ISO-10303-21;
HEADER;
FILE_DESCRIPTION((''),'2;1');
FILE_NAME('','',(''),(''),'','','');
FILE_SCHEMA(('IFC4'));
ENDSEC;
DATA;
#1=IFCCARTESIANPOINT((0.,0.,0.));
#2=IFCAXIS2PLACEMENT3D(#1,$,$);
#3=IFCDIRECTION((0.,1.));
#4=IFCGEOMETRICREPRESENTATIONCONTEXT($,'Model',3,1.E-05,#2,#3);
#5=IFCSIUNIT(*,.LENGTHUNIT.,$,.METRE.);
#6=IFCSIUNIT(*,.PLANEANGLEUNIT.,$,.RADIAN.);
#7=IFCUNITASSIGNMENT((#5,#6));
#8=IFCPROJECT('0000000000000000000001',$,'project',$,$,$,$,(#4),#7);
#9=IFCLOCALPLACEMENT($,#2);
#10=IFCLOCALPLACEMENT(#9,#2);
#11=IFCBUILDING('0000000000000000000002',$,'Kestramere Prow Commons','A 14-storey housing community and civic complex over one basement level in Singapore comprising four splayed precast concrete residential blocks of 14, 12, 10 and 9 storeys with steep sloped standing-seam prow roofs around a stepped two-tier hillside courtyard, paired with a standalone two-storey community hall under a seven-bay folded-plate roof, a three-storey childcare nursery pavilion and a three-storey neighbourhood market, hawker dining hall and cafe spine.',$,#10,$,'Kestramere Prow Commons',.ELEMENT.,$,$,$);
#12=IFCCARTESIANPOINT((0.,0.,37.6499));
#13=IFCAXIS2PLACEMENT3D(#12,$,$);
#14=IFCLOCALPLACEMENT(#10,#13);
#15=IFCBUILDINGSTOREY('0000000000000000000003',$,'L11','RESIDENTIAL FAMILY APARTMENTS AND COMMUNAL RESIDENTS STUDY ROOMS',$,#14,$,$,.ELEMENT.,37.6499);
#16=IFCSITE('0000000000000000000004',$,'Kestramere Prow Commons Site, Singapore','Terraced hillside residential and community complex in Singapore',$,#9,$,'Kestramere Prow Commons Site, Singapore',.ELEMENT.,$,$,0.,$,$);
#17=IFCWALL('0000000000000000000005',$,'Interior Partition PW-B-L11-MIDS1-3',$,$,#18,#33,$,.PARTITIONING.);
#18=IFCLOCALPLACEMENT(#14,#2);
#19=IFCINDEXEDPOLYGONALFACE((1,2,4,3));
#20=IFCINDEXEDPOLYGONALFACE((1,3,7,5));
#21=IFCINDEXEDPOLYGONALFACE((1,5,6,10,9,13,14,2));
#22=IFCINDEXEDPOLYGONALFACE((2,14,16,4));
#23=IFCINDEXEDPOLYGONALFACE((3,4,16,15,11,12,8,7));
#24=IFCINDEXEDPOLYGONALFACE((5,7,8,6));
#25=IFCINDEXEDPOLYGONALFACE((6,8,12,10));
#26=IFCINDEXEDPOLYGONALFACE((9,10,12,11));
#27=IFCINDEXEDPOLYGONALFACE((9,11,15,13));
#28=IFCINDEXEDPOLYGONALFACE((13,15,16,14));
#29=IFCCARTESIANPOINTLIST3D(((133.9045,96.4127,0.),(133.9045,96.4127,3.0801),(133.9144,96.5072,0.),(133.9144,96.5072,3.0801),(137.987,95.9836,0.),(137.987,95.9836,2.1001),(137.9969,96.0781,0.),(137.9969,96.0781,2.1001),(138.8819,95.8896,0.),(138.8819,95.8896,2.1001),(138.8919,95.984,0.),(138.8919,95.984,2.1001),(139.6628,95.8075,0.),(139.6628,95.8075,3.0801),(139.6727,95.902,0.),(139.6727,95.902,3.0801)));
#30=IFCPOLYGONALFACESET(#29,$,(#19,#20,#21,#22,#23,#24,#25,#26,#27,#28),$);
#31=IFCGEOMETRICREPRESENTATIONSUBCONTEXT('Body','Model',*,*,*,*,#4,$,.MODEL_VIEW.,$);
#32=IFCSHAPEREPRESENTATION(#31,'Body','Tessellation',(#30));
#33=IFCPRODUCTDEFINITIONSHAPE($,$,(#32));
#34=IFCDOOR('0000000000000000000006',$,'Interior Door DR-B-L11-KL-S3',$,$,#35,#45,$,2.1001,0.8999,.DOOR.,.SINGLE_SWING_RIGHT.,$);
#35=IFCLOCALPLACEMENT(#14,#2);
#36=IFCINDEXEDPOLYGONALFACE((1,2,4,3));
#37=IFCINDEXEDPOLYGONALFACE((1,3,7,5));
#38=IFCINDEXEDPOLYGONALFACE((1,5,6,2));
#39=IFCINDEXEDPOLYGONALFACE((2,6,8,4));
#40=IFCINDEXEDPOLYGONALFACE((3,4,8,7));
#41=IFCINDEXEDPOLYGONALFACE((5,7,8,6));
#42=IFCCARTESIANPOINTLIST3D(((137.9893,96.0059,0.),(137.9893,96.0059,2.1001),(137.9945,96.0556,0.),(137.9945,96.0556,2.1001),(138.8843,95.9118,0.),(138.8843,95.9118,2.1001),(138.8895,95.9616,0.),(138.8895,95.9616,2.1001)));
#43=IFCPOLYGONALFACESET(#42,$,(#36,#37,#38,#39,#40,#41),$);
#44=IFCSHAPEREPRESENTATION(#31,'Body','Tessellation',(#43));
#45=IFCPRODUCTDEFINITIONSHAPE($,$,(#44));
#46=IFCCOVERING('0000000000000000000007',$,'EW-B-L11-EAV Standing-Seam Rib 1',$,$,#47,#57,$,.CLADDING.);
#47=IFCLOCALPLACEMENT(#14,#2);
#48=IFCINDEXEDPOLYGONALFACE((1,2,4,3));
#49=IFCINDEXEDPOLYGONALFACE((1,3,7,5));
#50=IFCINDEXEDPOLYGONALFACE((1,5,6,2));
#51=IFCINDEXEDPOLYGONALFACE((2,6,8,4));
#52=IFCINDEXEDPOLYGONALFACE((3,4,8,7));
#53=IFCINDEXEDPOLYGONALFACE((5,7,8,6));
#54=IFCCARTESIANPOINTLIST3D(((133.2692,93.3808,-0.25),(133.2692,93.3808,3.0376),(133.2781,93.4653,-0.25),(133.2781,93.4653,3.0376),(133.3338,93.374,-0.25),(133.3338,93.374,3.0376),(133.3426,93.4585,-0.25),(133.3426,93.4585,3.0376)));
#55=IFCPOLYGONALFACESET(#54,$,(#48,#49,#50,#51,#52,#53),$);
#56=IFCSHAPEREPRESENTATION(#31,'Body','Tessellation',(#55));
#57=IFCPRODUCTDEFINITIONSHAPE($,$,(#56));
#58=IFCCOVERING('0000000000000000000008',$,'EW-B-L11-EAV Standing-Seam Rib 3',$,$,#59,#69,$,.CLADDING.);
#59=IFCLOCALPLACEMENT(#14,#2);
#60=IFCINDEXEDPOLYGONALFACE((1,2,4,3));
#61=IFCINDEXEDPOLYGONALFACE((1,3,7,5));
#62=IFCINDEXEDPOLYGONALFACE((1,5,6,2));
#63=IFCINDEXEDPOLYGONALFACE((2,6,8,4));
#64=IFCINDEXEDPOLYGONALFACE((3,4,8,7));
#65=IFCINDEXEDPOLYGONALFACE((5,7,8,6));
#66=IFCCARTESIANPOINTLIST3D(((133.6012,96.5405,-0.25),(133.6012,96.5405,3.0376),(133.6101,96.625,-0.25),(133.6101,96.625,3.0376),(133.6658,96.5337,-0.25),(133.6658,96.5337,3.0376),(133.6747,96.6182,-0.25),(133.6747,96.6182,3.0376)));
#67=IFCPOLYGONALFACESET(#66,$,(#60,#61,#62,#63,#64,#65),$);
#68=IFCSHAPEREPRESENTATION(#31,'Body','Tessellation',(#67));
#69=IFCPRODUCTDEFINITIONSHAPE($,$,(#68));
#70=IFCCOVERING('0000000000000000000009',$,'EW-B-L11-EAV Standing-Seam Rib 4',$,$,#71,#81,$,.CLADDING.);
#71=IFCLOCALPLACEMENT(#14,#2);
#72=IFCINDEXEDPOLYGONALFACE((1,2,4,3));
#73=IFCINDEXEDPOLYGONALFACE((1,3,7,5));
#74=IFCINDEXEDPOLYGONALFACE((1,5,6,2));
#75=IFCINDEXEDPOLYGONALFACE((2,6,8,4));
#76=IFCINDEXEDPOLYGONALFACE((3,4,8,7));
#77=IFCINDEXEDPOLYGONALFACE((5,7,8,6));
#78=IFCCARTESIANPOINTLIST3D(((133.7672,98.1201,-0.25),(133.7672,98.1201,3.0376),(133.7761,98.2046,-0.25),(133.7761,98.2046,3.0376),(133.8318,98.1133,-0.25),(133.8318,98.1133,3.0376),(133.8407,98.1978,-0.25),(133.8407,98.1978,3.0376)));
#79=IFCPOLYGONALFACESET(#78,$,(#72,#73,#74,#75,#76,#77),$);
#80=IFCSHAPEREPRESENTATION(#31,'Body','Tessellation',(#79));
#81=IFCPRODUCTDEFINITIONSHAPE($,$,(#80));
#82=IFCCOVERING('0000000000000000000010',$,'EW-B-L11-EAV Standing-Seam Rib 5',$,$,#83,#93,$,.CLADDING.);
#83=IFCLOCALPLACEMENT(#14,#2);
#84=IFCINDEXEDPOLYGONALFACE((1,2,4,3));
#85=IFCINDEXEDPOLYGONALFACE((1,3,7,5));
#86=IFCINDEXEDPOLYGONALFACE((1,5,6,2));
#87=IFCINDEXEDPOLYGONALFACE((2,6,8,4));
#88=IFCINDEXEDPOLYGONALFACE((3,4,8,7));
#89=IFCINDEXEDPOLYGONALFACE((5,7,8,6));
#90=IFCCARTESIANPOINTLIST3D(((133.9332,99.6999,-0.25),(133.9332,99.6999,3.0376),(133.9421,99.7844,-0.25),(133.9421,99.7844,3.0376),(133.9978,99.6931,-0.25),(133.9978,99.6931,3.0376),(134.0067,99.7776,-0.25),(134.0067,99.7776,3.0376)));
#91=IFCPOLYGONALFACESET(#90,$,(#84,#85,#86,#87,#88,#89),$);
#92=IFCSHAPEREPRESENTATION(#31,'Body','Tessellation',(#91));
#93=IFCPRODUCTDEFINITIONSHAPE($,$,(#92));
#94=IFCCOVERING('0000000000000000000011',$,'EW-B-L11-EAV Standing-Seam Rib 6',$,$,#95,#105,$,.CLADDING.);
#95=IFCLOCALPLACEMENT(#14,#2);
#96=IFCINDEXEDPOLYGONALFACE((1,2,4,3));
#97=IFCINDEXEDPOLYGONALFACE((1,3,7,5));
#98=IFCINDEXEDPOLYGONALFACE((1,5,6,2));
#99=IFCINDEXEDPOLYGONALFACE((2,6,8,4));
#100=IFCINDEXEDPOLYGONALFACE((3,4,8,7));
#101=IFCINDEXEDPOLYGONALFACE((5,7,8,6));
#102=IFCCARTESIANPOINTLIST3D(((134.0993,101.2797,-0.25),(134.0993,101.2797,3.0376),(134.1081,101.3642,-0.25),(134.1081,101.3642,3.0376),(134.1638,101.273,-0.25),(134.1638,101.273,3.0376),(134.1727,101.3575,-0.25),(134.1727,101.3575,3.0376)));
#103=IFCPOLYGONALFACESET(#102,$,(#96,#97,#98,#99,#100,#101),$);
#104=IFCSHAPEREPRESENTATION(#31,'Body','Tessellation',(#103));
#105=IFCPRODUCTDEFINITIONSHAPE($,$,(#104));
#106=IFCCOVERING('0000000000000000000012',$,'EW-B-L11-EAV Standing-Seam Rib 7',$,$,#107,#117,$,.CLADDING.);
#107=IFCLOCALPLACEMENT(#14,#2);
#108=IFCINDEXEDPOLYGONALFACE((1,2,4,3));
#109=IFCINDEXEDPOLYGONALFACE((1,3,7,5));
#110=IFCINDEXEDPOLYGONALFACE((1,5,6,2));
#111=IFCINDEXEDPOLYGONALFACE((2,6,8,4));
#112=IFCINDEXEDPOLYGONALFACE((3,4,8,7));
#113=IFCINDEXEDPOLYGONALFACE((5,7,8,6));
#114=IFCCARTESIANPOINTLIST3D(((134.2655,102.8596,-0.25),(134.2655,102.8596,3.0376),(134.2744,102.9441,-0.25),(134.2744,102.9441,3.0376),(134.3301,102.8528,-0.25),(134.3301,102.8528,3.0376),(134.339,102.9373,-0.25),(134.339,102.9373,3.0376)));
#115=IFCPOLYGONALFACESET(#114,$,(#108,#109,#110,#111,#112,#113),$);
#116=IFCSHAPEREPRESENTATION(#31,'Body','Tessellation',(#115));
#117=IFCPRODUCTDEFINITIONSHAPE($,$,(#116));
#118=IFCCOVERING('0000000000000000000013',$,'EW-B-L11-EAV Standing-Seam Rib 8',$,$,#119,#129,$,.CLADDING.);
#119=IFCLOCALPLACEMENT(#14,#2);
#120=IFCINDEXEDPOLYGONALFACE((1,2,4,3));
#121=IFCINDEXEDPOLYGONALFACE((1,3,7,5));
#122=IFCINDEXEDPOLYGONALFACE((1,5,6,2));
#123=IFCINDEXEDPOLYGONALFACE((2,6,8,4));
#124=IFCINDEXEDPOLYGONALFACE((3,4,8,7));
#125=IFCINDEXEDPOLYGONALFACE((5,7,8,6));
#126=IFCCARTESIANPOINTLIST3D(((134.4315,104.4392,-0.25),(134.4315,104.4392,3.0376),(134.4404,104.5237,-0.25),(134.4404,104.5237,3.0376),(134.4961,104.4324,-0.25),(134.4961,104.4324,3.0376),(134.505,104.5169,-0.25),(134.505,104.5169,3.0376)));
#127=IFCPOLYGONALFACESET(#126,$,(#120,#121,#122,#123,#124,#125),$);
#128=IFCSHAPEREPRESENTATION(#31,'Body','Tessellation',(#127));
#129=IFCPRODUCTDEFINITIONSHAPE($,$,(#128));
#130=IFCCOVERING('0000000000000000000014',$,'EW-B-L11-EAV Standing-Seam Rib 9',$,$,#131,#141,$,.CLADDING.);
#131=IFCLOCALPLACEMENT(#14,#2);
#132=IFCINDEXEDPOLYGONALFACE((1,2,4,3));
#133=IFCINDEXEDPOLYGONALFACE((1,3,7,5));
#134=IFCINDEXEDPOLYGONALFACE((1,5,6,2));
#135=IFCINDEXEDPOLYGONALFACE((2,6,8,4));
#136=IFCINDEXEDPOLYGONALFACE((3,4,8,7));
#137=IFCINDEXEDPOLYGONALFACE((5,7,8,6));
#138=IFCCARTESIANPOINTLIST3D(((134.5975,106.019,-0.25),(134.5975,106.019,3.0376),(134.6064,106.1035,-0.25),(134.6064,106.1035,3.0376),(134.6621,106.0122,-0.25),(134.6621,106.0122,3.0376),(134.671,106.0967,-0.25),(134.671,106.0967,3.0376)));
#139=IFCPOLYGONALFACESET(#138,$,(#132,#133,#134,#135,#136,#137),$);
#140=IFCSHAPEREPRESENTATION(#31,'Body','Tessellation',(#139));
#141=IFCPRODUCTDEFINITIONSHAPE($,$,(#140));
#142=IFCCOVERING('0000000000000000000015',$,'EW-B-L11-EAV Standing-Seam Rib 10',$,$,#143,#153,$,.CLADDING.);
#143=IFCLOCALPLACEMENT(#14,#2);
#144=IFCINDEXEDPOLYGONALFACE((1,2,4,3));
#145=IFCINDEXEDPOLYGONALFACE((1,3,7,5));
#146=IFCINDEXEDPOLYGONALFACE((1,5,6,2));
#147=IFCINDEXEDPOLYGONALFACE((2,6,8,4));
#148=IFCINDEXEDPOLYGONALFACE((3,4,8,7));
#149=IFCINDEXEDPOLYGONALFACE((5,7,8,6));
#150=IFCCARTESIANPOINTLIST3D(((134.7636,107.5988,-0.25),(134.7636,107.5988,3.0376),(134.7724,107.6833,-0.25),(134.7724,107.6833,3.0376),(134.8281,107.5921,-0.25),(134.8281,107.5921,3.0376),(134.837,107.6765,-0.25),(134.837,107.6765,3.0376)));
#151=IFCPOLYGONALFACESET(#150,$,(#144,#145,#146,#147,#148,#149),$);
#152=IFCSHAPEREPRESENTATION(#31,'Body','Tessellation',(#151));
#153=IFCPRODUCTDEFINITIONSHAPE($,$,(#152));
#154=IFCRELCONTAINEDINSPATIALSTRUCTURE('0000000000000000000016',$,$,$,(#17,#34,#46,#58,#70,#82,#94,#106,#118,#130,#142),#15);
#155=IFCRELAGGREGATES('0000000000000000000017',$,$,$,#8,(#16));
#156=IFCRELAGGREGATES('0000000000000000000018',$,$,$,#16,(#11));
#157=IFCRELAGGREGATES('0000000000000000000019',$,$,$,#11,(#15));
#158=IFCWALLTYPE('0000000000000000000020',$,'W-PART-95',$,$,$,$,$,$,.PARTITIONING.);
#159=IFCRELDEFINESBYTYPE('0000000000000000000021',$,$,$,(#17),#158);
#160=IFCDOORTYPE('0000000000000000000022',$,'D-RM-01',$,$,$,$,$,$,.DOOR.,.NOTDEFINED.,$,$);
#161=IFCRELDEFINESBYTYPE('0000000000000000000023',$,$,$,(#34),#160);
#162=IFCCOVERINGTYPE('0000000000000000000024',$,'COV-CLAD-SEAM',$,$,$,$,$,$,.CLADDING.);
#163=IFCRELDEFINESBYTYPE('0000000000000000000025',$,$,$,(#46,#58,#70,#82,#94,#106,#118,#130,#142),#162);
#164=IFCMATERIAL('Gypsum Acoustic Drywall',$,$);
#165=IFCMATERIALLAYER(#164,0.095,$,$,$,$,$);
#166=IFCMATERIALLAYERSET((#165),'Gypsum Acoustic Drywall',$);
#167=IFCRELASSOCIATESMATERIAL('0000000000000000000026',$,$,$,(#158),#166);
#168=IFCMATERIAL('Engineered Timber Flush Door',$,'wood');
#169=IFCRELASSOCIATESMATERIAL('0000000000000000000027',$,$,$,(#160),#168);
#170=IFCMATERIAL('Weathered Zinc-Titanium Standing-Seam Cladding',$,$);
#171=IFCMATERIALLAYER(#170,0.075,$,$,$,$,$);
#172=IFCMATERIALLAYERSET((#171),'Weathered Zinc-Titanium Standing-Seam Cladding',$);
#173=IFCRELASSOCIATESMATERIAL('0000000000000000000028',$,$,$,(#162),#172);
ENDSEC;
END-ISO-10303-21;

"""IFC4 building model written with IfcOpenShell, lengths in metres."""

from ifc_helpers import new_model, si_unit, direction, frame, frame_2d, origin, origin_2d, place, context, subcontext, project, spatial, rectangle, extrude, material, layer, layer_set, type_object, element, fill, save


model = new_model("IFC4")

# Units and contexts
model_context = context("Model", 3, precision=1e-05, world=origin(), true_north=direction((0.0, 1.0)))
body_context = subcontext(model_context, "Body", "Model", "MODEL_VIEW")
ifc_project = project(units=[si_unit("LENGTHUNIT", "METRE"), si_unit("PLANEANGLEUNIT", "RADIAN")], contexts=[model_context])

# Site, building, storey
site_placement = place(None, origin())
site = spatial("IfcSite", under=ifc_project, at=site_placement, Name="Kestramere Prow Commons Site, Singapore", Description="Terraced hillside residential and community complex in Singapore", LongName="Kestramere Prow Commons Site, Singapore", CompositionType="ELEMENT", RefElevation=0.0)
building_placement = place(site_placement, origin())
building = spatial("IfcBuilding", under=site, at=building_placement, Name="Kestramere Prow Commons", Description="A 14-storey housing community and civic complex over one basement level in Singapore comprising four splayed precast concrete residential blocks of 14, 12, 10 and 9 storeys with steep sloped standing-seam prow roofs around a stepped two-tier hillside courtyard, paired with a standalone two-storey community hall under a seven-bay folded-plate roof, a three-storey childcare nursery pavilion and a three-storey neighbourhood market, hawker dining hall and cafe spine.", LongName="Kestramere Prow Commons", CompositionType="ELEMENT")
storey_placement = place(building_placement, frame((0.0, 0.0, 37.6499)))
storey = spatial("IfcBuildingStorey", under=building, at=storey_placement, Name="L11", Description="RESIDENTIAL FAMILY APARTMENTS AND COMMUNAL RESIDENTS STUDY ROOMS", CompositionType="ELEMENT", Elevation=37.6499)

# Wall, opening, door
ifc_material_1 = material(Name="Gypsum Acoustic Drywall")
ifc_layer_1 = layer(ifc_material_1, 0.095)
ifc_layer_set_1 = layer_set([ifc_layer_1], Name="Gypsum Acoustic Drywall")
wall_type_1 = type_object("IfcWallType", Name="W-PART-95", PredefinedType="PARTITIONING", material=ifc_layer_set_1)
wall_1_placement = place(storey_placement, frame((133.9094, 96.46, 0.0), z_axis=(0.0, 0.0, 1.0), x_axis=(0.994522, -0.104529, 0.0)))
wall_1 = element("IfcWall", 1, at=wall_1_placement, inside=storey, type_object=wall_type_1, Name="Interior Partition PW-B-L11-MIDS1-3", PredefinedType="PARTITIONING", context=body_context, shape_type="SweptSolid", body=[
    extrude(rectangle(XDim=5.79, YDim=0.095, at=frame_2d((2.895, 0.0))), origin(), (0.0, 0.0, 1.0), 3.0801),
])
opening_1_placement = place(wall_1_placement, frame((4.105, 0.0, 0.0)))
opening_1 = element("IfcOpeningElement", 2, at=opening_1_placement, cuts=wall_1, PredefinedType="OPENING", context=body_context, shape_type="SweptSolid", body=[
    extrude(rectangle(XDim=0.8999, YDim=2.1001, at=frame_2d((0.45, 1.05))), frame((0.0, 0.0625, 0.0), z_axis=(0.0, -1.0, 0.0), x_axis=(1.0, 0.0, 0.0)), (0.0, 0.0, 1.0), 0.125),
])
ifc_material_2 = material(Name="Engineered Timber Flush Door", Category="wood")
door_type = type_object("IfcDoorType", Name="D-RM-01", OperationType="NOTDEFINED", PredefinedType="DOOR", material=ifc_material_2)
door_placement = place(opening_1_placement, origin())
door = element("IfcDoor", 3, at=door_placement, inside=storey, type_object=door_type, Name="Interior Door DR-B-L11-KL-S3", OperationType="SINGLE_SWING_RIGHT", OverallHeight=2.1001, OverallWidth=0.8999, PredefinedType="DOOR", context=body_context, shape_type="SweptSolid", body=[
    extrude(rectangle(XDim=0.8999, YDim=2.1001, at=frame_2d((0.45, 1.05))), frame((0.0, 0.0249, 0.0), z_axis=(0.0, -1.0, 0.0), x_axis=(1.0, 0.0, 0.0)), (0.0, 0.0, 1.0), 0.05),
])
fill(opening_1, door)

# Coverings
ifc_material_3 = material(Name="Weathered Zinc-Titanium Standing-Seam Cladding")
ifc_layer_2 = layer(ifc_material_3, 0.075)
ifc_layer_set_2 = layer_set([ifc_layer_2], Name="Weathered Zinc-Titanium Standing-Seam Cladding")
covering_type = type_object("IfcCoveringType", Name="COV-CLAD-SEAM", PredefinedType="CLADDING", material=ifc_layer_set_2)
for number, where, z_axis, x_axis, name in (
    (4, (133.3059, 93.4197, -0.25), (0.0, 0.0, 1.0), (0.104528, 0.994522, 0.0), "EW-B-L11-EAV Standing-Seam Rib 1"),
    (5, (133.6379, 96.5793, -0.25), (0.0, 0.0, 1.0), (0.104528, 0.994522, 0.0), "EW-B-L11-EAV Standing-Seam Rib 3"),
    (6, (133.804, 98.1589, -0.25), (0.0, 0.0, 1.0), (0.104528, 0.994522, 0.0), "EW-B-L11-EAV Standing-Seam Rib 4"),
    (7, (133.97, 99.7388, -0.25), (0.0, 0.0, 1.0), (0.104528, 0.994522, 0.0), "EW-B-L11-EAV Standing-Seam Rib 5"),
    (8, (134.136, 101.3186, -0.25), (0.0, 0.0, 1.0), (0.104528, 0.994522, 0.0), "EW-B-L11-EAV Standing-Seam Rib 6"),
    (9, (134.3022, 102.8984, -0.25), (0.0, 0.0, 1.0), (0.104528, 0.994522, 0.0), "EW-B-L11-EAV Standing-Seam Rib 7"),
    (10, (134.4683, 104.478, -0.25), (0.0, 0.0, 1.0), (0.104528, 0.994522, 0.0), "EW-B-L11-EAV Standing-Seam Rib 8"),
    (11, (134.6343, 106.0579, -0.25), (0.0, 0.0, 1.0), (0.104528, 0.994522, 0.0), "EW-B-L11-EAV Standing-Seam Rib 9"),
    (12, (134.8003, 107.6377, -0.25), (0.0, 0.0, 1.0), (0.104528, 0.994522, 0.0), "EW-B-L11-EAV Standing-Seam Rib 10"),
):
    element("IfcCovering", number, at=place(storey_placement, frame(where, z_axis=z_axis, x_axis=x_axis)), inside=storey, type_object=covering_type, Name=name, PredefinedType="CLADDING", context=body_context, shape_type="SweptSolid", body=[
        extrude(rectangle(XDim=0.085, YDim=0.0649, at=origin_2d()), origin(), (0.0, 0.0, 1.0), 3.2876),
    ])

save(model, "model.ifc")
